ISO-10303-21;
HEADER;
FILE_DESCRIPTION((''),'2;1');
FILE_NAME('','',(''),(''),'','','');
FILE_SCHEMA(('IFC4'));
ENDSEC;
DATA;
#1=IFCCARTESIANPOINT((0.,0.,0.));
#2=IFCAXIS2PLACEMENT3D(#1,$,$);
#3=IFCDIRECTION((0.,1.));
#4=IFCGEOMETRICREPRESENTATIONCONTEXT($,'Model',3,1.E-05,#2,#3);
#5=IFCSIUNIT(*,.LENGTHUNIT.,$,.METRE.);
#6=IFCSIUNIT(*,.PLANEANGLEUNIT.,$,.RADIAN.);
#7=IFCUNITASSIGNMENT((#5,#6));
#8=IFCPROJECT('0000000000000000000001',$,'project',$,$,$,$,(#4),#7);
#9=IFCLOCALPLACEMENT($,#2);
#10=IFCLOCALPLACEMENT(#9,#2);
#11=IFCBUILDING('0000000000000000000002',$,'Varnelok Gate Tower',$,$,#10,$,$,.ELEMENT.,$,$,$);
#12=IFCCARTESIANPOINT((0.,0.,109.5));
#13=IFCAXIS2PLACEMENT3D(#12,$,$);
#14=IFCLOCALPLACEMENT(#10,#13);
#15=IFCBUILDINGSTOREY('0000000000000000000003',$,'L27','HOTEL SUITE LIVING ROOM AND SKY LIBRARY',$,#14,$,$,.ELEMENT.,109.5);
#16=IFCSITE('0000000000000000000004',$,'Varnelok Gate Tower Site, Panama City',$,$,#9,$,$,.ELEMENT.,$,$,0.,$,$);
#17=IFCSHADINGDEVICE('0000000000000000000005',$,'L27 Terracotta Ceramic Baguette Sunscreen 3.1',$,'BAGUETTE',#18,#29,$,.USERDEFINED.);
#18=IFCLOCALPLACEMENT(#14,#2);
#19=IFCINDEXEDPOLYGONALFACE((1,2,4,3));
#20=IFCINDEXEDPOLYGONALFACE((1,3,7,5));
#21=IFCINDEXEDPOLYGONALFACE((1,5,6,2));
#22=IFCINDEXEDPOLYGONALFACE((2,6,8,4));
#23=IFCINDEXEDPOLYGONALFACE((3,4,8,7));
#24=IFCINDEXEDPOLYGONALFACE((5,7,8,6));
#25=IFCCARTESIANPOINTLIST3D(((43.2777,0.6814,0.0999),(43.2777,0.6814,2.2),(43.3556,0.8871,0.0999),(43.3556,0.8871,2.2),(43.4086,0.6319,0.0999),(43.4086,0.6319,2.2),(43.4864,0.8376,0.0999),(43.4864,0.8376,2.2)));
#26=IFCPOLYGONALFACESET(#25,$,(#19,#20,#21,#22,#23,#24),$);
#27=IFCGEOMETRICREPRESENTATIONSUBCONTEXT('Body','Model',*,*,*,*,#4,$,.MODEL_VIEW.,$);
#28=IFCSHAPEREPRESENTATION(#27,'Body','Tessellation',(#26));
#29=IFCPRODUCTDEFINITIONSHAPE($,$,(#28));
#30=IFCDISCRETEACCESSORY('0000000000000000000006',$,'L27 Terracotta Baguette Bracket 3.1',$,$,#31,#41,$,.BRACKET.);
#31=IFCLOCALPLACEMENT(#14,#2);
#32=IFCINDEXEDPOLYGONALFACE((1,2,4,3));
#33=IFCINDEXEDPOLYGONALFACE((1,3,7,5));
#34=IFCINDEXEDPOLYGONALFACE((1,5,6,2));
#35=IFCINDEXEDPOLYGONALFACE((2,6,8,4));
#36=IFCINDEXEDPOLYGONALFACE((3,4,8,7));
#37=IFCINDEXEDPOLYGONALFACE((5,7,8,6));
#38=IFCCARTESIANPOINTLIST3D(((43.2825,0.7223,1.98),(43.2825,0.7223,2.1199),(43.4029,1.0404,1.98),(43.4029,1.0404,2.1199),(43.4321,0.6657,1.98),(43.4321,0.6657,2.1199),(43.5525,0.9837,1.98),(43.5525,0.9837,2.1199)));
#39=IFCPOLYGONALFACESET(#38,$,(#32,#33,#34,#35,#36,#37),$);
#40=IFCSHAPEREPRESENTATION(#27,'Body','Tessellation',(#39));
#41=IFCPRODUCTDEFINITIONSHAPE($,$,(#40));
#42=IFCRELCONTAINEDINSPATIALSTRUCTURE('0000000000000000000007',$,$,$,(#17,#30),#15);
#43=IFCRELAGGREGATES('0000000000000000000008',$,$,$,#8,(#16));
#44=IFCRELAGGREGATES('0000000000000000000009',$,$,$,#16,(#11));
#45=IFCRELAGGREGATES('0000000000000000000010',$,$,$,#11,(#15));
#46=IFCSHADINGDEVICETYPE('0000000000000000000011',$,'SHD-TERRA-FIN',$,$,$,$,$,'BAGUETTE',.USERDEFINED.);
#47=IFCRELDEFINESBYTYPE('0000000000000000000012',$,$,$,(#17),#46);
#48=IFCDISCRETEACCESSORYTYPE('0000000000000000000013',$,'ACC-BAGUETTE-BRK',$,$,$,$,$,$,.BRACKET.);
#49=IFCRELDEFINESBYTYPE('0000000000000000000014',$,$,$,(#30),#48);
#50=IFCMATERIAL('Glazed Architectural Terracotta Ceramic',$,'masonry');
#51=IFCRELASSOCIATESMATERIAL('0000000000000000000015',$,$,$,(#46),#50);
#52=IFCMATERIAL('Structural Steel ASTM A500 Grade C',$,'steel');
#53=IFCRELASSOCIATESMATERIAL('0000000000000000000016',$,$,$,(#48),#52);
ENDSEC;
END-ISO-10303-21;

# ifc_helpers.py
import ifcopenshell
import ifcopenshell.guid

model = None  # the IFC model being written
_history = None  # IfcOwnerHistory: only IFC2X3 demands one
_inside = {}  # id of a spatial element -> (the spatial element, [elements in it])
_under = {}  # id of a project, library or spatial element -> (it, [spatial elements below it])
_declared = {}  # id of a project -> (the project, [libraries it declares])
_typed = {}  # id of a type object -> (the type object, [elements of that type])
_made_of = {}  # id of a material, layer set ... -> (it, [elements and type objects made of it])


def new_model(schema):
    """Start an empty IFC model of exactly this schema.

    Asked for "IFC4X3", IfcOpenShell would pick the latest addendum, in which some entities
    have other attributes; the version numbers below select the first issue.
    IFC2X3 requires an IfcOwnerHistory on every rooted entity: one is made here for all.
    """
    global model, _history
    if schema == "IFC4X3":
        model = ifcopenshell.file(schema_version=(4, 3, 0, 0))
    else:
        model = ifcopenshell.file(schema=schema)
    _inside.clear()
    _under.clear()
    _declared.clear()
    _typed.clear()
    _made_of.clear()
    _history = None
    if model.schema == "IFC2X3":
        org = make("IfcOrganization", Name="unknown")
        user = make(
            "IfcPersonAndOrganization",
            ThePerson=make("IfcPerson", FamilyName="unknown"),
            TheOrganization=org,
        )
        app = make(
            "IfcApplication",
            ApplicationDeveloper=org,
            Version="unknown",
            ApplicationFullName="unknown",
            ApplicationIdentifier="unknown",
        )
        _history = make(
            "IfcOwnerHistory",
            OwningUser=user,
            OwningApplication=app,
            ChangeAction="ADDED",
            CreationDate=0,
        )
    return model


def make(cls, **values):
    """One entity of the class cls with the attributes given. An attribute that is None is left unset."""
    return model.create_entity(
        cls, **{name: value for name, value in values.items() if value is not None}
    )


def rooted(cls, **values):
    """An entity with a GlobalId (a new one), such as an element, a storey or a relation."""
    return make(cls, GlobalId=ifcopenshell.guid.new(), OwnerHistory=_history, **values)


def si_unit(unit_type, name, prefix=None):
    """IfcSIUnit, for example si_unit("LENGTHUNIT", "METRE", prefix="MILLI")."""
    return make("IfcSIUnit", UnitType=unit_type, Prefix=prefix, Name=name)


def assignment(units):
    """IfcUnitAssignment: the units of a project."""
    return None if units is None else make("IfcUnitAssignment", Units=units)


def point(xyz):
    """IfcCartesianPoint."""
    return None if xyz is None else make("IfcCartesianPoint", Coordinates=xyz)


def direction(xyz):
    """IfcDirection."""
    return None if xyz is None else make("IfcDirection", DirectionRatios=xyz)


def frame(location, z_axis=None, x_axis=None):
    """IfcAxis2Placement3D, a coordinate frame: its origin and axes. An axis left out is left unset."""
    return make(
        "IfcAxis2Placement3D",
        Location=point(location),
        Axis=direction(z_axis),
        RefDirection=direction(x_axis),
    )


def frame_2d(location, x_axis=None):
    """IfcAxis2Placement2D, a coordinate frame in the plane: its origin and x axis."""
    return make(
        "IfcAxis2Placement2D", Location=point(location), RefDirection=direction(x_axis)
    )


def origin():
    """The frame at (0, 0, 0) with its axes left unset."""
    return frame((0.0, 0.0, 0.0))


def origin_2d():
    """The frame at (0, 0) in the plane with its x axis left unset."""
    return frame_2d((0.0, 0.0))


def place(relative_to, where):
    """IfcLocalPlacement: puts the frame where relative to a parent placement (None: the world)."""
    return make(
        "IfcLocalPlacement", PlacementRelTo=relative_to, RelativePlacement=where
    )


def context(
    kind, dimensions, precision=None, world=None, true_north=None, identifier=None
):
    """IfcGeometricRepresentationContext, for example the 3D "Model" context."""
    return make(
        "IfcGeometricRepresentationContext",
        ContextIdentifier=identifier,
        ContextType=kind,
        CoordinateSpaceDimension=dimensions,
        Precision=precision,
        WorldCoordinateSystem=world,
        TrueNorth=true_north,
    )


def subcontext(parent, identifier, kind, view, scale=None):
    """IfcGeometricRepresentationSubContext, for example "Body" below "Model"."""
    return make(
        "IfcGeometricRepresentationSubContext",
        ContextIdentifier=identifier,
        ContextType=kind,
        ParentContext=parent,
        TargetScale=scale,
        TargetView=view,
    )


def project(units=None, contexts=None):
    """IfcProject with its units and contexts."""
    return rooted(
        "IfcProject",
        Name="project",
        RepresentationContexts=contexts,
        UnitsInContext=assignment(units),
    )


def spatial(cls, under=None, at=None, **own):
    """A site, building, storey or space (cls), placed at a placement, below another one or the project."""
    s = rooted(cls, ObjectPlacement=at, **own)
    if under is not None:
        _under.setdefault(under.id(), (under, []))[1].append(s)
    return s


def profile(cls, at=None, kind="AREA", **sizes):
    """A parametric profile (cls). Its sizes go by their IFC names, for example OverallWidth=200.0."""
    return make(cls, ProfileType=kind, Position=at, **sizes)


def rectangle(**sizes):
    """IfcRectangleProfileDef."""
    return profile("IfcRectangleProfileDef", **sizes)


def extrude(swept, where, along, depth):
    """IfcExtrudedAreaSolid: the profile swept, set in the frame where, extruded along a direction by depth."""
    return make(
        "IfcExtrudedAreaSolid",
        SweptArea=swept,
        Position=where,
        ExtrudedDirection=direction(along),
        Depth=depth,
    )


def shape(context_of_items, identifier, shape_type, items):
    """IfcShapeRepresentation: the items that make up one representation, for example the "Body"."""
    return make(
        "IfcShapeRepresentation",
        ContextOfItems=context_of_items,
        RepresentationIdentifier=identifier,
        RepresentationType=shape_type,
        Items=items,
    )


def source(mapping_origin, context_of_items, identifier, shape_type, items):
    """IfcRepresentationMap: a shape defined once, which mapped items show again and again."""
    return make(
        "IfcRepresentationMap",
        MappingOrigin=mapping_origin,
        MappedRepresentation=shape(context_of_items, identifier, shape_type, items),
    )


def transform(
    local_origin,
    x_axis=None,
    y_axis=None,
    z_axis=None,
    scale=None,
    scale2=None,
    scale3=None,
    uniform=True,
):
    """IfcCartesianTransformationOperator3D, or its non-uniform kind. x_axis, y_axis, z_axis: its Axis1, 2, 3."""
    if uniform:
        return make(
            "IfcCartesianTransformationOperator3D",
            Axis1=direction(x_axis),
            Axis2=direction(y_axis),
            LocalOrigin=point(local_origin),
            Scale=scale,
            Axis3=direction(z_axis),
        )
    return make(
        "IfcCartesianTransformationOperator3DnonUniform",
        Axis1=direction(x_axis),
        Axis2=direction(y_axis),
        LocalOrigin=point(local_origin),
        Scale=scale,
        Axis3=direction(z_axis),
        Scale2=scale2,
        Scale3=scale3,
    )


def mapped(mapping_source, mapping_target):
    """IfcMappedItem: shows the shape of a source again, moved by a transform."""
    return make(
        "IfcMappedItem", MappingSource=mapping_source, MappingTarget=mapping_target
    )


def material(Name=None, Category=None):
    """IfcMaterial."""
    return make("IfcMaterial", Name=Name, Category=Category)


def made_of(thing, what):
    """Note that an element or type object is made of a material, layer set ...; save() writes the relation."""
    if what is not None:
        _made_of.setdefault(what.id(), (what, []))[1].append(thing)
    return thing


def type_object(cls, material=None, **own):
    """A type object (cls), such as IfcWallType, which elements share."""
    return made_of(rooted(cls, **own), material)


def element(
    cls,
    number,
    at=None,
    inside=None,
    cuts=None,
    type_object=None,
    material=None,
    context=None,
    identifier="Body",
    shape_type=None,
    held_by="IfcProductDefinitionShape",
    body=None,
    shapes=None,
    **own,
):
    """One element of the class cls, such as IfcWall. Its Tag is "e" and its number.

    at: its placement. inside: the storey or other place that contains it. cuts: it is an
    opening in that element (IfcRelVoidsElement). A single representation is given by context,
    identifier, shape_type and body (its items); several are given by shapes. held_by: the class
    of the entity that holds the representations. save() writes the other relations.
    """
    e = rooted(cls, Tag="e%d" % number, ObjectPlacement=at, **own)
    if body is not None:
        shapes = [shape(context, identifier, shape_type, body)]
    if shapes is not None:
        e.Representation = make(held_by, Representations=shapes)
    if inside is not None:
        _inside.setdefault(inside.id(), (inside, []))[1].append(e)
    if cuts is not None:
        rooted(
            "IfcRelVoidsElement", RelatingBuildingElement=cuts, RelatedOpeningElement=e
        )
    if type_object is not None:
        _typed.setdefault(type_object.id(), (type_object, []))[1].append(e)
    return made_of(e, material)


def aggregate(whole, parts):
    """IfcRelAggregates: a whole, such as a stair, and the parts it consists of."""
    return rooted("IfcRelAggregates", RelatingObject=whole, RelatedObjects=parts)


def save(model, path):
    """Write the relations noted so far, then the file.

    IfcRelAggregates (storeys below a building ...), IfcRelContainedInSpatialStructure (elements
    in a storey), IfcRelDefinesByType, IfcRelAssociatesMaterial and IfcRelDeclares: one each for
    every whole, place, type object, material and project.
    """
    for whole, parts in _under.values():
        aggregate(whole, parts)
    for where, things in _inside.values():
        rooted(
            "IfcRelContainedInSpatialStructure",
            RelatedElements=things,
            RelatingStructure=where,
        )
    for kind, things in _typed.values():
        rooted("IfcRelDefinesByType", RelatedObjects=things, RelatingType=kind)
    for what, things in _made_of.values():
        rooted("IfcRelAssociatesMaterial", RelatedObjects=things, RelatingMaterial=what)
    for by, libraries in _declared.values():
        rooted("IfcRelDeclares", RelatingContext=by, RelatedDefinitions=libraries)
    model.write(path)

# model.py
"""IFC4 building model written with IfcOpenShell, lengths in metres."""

from ifc_helpers import new_model, si_unit, direction, frame, origin, origin_2d, place, context, subcontext, project, spatial, rectangle, extrude, source, transform, mapped, material, type_object, element, save


model = new_model("IFC4")

# Units and contexts
model_context = context("Model", 3, precision=1e-05, world=origin(), true_north=direction((0.0, 1.0)))
body_context = subcontext(model_context, "Body", "Model", "MODEL_VIEW")
ifc_project = project(units=[si_unit("LENGTHUNIT", "METRE"), si_unit("PLANEANGLEUNIT", "RADIAN")], contexts=[model_context])

# Site, building, storey
site_placement = place(None, origin())
site = spatial("IfcSite", under=ifc_project, at=site_placement, Name="Varnelok Gate Tower Site, Panama City", CompositionType="ELEMENT", RefElevation=0.0)
building_placement = place(site_placement, origin())
building = spatial("IfcBuilding", under=site, at=building_placement, Name="Varnelok Gate Tower", CompositionType="ELEMENT")
storey_placement = place(building_placement, frame((0.0, 0.0, 109.5)))
storey = spatial("IfcBuildingStorey", under=building, at=storey_placement, Name="L27", Description="HOTEL SUITE LIVING ROOM AND SKY LIBRARY", CompositionType="ELEMENT", Elevation=109.5)

# Shading device
ifc_material_1 = material(Name="Glazed Architectural Terracotta Ceramic", Category="masonry")
shading_device_type = type_object("IfcShadingDeviceType", Name="SHD-TERRA-FIN", ElementType="BAGUETTE", PredefinedType="USERDEFINED", material=ifc_material_1)
shared_shape_1 = source(origin(), body_context, "Body", "SweptSolid", [
    extrude(rectangle(XDim=0.1399, YDim=0.22, at=origin_2d()), origin(), (0.0, 0.0, 1.0), 2.1001),
])
shading_device_placement = place(storey_placement, frame((43.3821, 0.7595, 0.0999), z_axis=(0.0, 0.0, 1.0), x_axis=(0.935222, -0.354063, 0.0)))
element("IfcShadingDevice", 1, at=shading_device_placement, inside=storey, type_object=shading_device_type, Name="L27 Terracotta Ceramic Baguette Sunscreen 3.1", ObjectType="BAGUETTE", PredefinedType="USERDEFINED", context=body_context, shape_type="MappedRepresentation", body=[
    mapped(shared_shape_1, transform((0.0, 0.0, 0.0), scale=1.0)),
])

# Discrete accessory
ifc_material_2 = material(Name="Structural Steel ASTM A500 Grade C", Category="steel")
discrete_accessory_type = type_object("IfcDiscreteAccessoryType", Name="ACC-BAGUETTE-BRK", PredefinedType="BRACKET", material=ifc_material_2)
shared_shape_2 = source(origin(), body_context, "Body", "SweptSolid", [
    extrude(rectangle(XDim=0.1599, YDim=0.3401, at=origin_2d()), origin(), (0.0, 0.0, 1.0), 0.1399),
])
discrete_accessory_placement = place(storey_placement, frame((43.4175, 0.853, 1.98), z_axis=(0.0, 0.0, 1.0), x_axis=(0.935222, -0.354063, 0.0)))
element("IfcDiscreteAccessory", 2, at=discrete_accessory_placement, inside=storey, type_object=discrete_accessory_type, Name="L27 Terracotta Baguette Bracket 3.1", PredefinedType="BRACKET", context=body_context, shape_type="MappedRepresentation", body=[
    mapped(shared_shape_2, transform((0.0, 0.0, 0.0), scale=1.0)),
])

save(model, "model.ifc")
